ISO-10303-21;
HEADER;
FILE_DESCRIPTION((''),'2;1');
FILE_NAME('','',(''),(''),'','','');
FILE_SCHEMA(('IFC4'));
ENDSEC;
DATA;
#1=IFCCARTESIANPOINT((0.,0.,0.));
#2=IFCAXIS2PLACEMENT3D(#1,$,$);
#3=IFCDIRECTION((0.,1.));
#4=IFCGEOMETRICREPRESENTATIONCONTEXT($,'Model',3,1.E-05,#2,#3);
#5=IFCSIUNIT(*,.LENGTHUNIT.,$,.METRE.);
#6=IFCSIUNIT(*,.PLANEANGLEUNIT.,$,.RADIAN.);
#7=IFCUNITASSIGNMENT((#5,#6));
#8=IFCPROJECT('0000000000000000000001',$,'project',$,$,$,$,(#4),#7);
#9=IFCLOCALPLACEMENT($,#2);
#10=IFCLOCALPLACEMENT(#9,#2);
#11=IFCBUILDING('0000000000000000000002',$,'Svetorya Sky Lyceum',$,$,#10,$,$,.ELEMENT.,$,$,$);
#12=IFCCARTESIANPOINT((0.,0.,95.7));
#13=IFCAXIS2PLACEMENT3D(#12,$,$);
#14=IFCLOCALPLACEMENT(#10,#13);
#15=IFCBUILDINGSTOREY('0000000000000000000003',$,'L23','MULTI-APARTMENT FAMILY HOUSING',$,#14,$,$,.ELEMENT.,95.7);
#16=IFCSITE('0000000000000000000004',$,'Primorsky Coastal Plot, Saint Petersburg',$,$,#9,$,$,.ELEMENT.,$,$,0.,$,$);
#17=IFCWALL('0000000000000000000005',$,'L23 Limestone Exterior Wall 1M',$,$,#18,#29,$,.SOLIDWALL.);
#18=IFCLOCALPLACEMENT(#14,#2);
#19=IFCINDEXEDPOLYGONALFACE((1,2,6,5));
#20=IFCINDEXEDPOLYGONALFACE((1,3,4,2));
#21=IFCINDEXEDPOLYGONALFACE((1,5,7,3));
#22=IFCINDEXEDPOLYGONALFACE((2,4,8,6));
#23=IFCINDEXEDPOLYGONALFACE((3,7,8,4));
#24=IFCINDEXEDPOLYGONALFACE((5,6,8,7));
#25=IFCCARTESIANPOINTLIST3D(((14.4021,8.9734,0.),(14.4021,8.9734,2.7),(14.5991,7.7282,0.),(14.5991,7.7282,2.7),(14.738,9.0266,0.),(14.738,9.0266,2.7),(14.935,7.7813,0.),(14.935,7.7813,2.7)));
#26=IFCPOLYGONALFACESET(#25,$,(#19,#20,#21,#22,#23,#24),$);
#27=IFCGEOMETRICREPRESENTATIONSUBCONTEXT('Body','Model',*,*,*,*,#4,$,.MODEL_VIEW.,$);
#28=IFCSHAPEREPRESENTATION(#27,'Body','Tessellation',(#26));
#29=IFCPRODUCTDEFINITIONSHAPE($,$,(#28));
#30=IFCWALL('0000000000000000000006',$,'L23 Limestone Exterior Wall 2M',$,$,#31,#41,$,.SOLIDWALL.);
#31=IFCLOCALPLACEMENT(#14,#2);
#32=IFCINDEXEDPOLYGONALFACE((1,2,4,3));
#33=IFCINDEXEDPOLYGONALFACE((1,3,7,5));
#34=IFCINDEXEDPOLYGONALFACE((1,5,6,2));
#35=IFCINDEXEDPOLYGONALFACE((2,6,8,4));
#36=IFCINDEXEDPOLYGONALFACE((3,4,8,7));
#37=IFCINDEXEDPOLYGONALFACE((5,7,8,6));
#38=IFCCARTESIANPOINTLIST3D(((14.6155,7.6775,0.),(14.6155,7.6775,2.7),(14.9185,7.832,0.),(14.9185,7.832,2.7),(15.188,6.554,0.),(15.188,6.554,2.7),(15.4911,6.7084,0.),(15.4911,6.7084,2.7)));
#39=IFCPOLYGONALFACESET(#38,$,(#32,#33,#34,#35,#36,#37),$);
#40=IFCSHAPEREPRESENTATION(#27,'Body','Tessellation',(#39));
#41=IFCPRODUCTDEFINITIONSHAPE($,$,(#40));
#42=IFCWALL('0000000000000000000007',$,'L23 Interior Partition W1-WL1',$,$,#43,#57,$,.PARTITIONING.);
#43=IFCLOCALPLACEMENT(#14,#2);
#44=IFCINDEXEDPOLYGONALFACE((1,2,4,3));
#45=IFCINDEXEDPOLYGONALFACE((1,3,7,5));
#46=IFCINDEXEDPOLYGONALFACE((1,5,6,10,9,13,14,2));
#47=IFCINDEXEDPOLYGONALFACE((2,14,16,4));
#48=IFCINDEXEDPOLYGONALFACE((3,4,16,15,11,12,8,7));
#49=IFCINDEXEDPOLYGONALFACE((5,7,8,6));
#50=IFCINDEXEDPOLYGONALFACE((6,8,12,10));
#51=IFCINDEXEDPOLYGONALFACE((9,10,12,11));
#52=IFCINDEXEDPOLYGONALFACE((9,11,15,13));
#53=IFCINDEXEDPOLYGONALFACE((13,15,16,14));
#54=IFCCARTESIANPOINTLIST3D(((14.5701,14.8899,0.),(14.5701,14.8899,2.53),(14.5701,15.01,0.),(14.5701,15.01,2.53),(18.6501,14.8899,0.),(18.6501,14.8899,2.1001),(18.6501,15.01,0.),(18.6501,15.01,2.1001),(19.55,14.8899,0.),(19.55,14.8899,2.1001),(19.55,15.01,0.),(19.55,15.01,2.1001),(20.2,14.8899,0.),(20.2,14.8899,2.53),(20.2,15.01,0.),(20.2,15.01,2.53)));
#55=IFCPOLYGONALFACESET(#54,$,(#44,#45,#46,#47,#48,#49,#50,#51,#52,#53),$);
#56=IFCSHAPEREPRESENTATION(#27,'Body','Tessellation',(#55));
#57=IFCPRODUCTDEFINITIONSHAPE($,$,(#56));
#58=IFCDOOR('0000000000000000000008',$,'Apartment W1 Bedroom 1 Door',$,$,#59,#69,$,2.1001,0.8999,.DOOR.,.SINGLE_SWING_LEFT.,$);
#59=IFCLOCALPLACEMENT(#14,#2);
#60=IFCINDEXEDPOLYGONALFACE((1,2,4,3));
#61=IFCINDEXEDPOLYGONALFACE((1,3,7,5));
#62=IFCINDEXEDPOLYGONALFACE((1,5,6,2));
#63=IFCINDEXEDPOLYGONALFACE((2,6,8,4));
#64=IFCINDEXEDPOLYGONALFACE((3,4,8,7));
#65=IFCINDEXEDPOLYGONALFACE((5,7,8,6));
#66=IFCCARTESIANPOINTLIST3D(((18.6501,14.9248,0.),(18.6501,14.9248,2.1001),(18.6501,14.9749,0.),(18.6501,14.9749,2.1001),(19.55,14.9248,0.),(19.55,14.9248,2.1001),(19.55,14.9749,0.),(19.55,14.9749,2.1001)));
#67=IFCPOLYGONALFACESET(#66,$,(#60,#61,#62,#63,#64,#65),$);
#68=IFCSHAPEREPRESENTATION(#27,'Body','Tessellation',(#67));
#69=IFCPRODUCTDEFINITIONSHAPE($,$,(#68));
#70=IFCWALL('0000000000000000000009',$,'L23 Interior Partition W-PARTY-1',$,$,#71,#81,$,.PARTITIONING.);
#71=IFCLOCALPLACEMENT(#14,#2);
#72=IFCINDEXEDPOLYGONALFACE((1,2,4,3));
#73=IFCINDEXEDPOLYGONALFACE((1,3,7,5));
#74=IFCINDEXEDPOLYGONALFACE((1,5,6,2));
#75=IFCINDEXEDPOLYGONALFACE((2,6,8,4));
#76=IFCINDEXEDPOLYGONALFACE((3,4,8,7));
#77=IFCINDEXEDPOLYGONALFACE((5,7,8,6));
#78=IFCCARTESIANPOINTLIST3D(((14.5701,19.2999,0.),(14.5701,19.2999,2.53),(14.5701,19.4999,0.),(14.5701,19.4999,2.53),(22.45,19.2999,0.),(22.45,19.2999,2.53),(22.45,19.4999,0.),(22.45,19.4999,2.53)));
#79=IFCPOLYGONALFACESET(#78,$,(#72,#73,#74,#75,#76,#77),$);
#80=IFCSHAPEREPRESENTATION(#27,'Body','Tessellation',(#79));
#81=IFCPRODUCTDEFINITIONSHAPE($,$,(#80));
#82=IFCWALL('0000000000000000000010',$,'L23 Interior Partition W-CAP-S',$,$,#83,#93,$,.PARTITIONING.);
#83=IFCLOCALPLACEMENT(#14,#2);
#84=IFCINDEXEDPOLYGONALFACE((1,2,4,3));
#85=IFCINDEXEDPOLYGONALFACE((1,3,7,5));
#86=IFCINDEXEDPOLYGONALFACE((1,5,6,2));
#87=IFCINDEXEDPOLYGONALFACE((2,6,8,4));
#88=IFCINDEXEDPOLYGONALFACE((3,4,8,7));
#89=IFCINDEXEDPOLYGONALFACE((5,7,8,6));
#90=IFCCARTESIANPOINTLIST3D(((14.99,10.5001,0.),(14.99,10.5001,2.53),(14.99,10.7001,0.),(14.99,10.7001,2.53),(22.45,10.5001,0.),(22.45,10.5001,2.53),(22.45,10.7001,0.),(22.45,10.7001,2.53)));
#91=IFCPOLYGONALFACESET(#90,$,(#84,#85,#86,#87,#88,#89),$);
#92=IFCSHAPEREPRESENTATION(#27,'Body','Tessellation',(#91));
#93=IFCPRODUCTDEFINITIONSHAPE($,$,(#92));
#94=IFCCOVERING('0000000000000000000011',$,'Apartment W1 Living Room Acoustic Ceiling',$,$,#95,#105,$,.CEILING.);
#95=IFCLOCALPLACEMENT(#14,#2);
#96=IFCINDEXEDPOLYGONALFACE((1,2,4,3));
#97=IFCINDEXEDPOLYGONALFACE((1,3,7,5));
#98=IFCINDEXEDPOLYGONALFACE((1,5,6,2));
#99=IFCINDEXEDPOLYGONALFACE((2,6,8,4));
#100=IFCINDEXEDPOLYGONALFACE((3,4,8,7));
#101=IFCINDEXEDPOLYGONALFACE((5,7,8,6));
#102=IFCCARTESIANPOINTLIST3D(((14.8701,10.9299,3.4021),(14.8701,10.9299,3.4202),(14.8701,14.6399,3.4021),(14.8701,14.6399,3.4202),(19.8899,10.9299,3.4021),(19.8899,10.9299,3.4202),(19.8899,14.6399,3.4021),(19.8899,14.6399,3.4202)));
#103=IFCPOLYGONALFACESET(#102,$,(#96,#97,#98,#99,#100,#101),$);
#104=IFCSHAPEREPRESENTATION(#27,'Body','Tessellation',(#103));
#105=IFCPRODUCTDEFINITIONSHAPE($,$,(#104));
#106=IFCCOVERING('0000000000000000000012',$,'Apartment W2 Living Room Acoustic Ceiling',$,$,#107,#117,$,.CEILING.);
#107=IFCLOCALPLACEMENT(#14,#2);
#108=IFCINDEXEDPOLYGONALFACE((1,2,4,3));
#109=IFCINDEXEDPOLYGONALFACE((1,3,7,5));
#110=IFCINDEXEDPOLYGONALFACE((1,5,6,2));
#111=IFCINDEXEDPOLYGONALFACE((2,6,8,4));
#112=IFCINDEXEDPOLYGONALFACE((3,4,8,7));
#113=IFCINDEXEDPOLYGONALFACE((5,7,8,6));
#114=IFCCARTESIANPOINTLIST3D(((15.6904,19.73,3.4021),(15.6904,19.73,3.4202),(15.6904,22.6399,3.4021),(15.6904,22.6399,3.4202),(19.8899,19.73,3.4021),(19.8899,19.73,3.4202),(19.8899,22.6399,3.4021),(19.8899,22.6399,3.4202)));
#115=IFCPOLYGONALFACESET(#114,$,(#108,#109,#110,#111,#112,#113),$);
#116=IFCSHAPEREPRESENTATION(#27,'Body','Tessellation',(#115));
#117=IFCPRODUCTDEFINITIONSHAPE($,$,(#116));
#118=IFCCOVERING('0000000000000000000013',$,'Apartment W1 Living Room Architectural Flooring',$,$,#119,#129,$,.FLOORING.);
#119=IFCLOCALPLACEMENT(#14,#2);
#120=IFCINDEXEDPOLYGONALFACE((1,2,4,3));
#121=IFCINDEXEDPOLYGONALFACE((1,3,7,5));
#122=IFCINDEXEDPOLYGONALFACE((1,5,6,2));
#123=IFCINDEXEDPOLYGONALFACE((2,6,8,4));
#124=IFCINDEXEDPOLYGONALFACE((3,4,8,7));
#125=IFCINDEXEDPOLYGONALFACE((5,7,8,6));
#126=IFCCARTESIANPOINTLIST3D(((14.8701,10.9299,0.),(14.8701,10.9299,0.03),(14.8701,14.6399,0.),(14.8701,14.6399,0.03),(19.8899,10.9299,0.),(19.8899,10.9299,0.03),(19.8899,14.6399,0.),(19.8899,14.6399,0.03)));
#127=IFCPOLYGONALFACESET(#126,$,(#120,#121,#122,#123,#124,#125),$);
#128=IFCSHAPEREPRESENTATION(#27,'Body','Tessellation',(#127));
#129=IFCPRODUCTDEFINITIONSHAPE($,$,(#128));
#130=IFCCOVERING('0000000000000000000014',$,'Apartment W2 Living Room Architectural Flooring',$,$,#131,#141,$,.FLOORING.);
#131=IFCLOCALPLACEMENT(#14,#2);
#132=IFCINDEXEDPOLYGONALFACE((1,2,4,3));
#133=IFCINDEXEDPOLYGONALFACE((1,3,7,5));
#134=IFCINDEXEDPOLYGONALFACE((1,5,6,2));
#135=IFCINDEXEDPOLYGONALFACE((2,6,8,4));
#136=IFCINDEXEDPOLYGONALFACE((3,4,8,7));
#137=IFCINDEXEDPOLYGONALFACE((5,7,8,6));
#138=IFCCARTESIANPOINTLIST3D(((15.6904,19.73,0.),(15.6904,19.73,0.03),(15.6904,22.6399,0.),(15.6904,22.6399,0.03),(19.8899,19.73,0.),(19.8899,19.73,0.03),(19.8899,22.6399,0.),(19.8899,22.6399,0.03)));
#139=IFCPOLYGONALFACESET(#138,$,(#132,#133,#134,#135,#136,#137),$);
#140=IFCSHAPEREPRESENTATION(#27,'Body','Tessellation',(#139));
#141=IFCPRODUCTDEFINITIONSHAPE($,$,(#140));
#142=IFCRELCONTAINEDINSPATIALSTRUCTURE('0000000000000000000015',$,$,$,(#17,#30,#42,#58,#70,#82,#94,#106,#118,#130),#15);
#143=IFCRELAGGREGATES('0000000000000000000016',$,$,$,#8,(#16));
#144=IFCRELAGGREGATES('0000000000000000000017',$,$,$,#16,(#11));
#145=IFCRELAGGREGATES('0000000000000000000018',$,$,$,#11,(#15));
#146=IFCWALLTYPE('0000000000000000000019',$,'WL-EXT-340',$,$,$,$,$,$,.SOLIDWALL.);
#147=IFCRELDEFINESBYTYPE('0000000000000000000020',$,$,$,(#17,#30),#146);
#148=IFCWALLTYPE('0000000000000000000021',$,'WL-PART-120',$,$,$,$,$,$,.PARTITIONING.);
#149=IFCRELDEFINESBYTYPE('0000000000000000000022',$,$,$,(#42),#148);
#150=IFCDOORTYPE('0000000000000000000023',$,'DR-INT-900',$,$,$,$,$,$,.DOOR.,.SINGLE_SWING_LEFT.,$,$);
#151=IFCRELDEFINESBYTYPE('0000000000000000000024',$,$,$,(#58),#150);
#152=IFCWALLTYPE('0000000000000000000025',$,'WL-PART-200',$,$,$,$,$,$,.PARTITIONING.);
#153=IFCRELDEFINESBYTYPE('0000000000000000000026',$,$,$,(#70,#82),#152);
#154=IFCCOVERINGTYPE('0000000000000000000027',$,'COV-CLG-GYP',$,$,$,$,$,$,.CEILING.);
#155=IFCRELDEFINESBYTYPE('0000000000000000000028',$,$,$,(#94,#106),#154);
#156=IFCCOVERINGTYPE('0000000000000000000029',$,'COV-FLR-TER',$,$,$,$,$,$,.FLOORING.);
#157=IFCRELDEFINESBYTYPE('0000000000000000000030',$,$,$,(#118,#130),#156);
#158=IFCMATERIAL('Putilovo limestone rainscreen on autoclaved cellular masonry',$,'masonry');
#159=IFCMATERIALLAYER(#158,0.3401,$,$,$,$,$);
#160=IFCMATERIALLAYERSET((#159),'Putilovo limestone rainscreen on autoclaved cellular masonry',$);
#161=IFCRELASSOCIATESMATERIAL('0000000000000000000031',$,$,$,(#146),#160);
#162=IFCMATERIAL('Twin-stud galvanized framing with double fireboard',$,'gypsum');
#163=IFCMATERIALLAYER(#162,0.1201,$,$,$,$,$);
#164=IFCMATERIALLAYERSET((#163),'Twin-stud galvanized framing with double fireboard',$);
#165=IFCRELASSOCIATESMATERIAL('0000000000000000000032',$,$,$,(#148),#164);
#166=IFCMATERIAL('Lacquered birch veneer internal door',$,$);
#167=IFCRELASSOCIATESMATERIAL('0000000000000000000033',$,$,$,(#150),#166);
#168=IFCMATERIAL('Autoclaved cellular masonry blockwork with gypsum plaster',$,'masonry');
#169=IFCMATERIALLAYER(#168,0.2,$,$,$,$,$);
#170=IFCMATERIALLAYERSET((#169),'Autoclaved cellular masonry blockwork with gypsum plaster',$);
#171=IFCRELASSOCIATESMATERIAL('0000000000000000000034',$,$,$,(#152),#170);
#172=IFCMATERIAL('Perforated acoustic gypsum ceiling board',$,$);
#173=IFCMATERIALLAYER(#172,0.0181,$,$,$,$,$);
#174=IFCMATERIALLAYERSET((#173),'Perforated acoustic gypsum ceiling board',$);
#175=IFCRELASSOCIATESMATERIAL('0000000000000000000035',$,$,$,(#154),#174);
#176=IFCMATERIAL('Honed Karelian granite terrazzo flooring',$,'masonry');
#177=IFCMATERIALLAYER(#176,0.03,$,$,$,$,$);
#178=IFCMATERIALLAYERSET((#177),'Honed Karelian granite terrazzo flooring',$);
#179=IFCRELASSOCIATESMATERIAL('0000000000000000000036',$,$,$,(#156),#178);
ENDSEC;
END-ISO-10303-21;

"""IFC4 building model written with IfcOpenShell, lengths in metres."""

from ifc_helpers import new_model, si_unit, direction, frame, frame_2d, origin, place, context, subcontext, project, spatial, polyline, rectangle, outline, extrude, material, layer, layer_set, type_object, element, fill, save


model = new_model("IFC4")

# Units and contexts
model_context = context("Model", 3, precision=1e-05, world=origin(), true_north=direction((0.0, 1.0)))
body_context = subcontext(model_context, "Body", "Model", "MODEL_VIEW")
ifc_project = project(units=[si_unit("LENGTHUNIT", "METRE"), si_unit("PLANEANGLEUNIT", "RADIAN")], contexts=[model_context])

# Site, building, storey
site_placement = place(None, origin())
site = spatial("IfcSite", under=ifc_project, at=site_placement, Name="Primorsky Coastal Plot, Saint Petersburg", CompositionType="ELEMENT", RefElevation=0.0)
building_placement = place(site_placement, origin())
building = spatial("IfcBuilding", under=site, at=building_placement, Name="Svetorya Sky Lyceum", CompositionType="ELEMENT")
storey_placement = place(building_placement, frame((0.0, 0.0, 95.7)))
storey = spatial("IfcBuildingStorey", under=building, at=storey_placement, Name="L23", Description="MULTI-APARTMENT FAMILY HOUSING", CompositionType="ELEMENT", Elevation=95.7)

# Walls
ifc_material_1 = material(Name="Putilovo limestone rainscreen on autoclaved cellular masonry", Category="masonry")
ifc_layer_1 = layer(ifc_material_1, 0.3401)
ifc_layer_set_1 = layer_set([ifc_layer_1], Name="Putilovo limestone rainscreen on autoclaved cellular masonry")
wall_type_1 = type_object("IfcWallType", Name="WL-EXT-340", PredefinedType="SOLIDWALL", material=ifc_layer_set_1)
wall_1_placement = place(storey_placement, frame((14.5701, 9.0, 0.0), z_axis=(0.0, 0.0, 1.0), x_axis=(0.156261, -0.987716, 0.0)))
element("IfcWall", 1, at=wall_1_placement, inside=storey, type_object=wall_type_1, Name="L23 Limestone Exterior Wall 1M", PredefinedType="SOLIDWALL", context=body_context, shape_type="SweptSolid", body=[
    extrude(rectangle(XDim=1.2607, YDim=0.3401, at=frame_2d((0.6304, 0.0))), origin(), (0.0, 0.0, 1.0), 2.7),
])
wall_2_placement = place(storey_placement, frame((14.7671, 7.7546, 0.0), z_axis=(0.0, 0.0, 1.0), x_axis=(0.454016, -0.890994, 0.0)))
element("IfcWall", 2, at=wall_2_placement, inside=storey, type_object=wall_type_1, Name="L23 Limestone Exterior Wall 2M", PredefinedType="SOLIDWALL", context=body_context, shape_type="SweptSolid", body=[
    extrude(rectangle(XDim=1.261, YDim=0.3401, at=frame_2d((0.6304, 0.0))), origin(), (0.0, 0.0, 1.0), 2.7),
])

# Wall, opening, door
ifc_material_2 = material(Name="Twin-stud galvanized framing with double fireboard", Category="gypsum")
ifc_layer_2 = layer(ifc_material_2, 0.1201)
ifc_layer_set_2 = layer_set([ifc_layer_2], Name="Twin-stud galvanized framing with double fireboard")
wall_type_2 = type_object("IfcWallType", Name="WL-PART-120", PredefinedType="PARTITIONING", material=ifc_layer_set_2)
wall_3_placement = place(storey_placement, frame((14.5701, 14.95, 0.0), z_axis=(0.0, 0.0, 1.0), x_axis=(1.0, 0.0, 0.0)))
wall_3 = element("IfcWall", 3, at=wall_3_placement, inside=storey, type_object=wall_type_2, Name="L23 Interior Partition W1-WL1", PredefinedType="PARTITIONING", context=body_context, shape_type="SweptSolid", body=[
    extrude(rectangle(XDim=5.6299, YDim=0.1201, at=frame_2d((2.8149, 0.0))), origin(), (0.0, 0.0, 1.0), 2.53),
])
opening_placement = place(wall_3_placement, frame((4.0801, 0.0, 0.0)))
opening = element("IfcOpeningElement", 4, at=opening_placement, cuts=wall_3, PredefinedType="OPENING", context=body_context, shape_type="SweptSolid", body=[
    extrude(rectangle(XDim=0.8999, YDim=2.1001, at=frame_2d((0.45, 1.05))), frame((0.0, 0.0701, 0.0), z_axis=(0.0, -1.0, 0.0), x_axis=(1.0, 0.0, 0.0)), (0.0, 0.0, 1.0), 0.1401),
])
ifc_material_3 = material(Name="Lacquered birch veneer internal door")
door_type = type_object("IfcDoorType", Name="DR-INT-900", OperationType="SINGLE_SWING_LEFT", PredefinedType="DOOR", material=ifc_material_3)
door_placement = place(opening_placement, origin())
door = element("IfcDoor", 5, at=door_placement, inside=storey, type_object=door_type, Name="Apartment W1 Bedroom 1 Door", OperationType="SINGLE_SWING_LEFT", OverallHeight=2.1001, OverallWidth=0.8999, PredefinedType="DOOR", context=body_context, shape_type="SweptSolid", body=[
    extrude(rectangle(XDim=0.8999, YDim=2.1001, at=frame_2d((0.45, 1.05))), frame((0.0, 0.0249, 0.0), z_axis=(0.0, -1.0, 0.0), x_axis=(1.0, 0.0, 0.0)), (0.0, 0.0, 1.0), 0.05),
])
fill(opening, door)

# Walls
ifc_material_4 = material(Name="Autoclaved cellular masonry blockwork with gypsum plaster", Category="masonry")
ifc_layer_3 = layer(ifc_material_4, 0.2)
ifc_layer_set_3 = layer_set([ifc_layer_3], Name="Autoclaved cellular masonry blockwork with gypsum plaster")
wall_type_3 = type_object("IfcWallType", Name="WL-PART-200", PredefinedType="PARTITIONING", material=ifc_layer_set_3)
wall_4_placement = place(storey_placement, frame((14.5701, 19.3999, 0.0), z_axis=(0.0, 0.0, 1.0), x_axis=(1.0, 0.0, 0.0)))
element("IfcWall", 6, at=wall_4_placement, inside=storey, type_object=wall_type_3, Name="L23 Interior Partition W-PARTY-1", PredefinedType="PARTITIONING", context=body_context, shape_type="SweptSolid", body=[
    extrude(rectangle(XDim=7.8799, YDim=0.2, at=frame_2d((3.9399, 0.0))), origin(), (0.0, 0.0, 1.0), 2.53),
])
wall_5_placement = place(storey_placement, frame((14.99, 10.6001, 0.0), z_axis=(0.0, 0.0, 1.0), x_axis=(1.0, 0.0, 0.0)))
element("IfcWall", 7, at=wall_5_placement, inside=storey, type_object=wall_type_3, Name="L23 Interior Partition W-CAP-S", PredefinedType="PARTITIONING", context=body_context, shape_type="SweptSolid", body=[
    extrude(rectangle(XDim=7.46, YDim=0.2, at=frame_2d((3.73, 0.0))), origin(), (0.0, 0.0, 1.0), 2.53),
])

# Coverings
ifc_material_5 = material(Name="Perforated acoustic gypsum ceiling board")
ifc_layer_4 = layer(ifc_material_5, 0.0181)
ifc_layer_set_4 = layer_set([ifc_layer_4], Name="Perforated acoustic gypsum ceiling board")
covering_type_1 = type_object("IfcCoveringType", Name="COV-CLG-GYP", PredefinedType="CEILING", material=ifc_layer_set_4)
covering_1_placement = place(storey_placement, frame((0.0, 0.0, 3.4021)))
element("IfcCovering", 8, at=covering_1_placement, inside=storey, type_object=covering_type_1, Name="Apartment W1 Living Room Acoustic Ceiling", PredefinedType="CEILING", context=body_context, shape_type="SweptSolid", body=[
    extrude(outline(polyline([(14.8701, 10.9299), (19.8899, 10.9299), (19.8899, 14.6399), (14.8701, 14.6399), (14.8701, 10.9299)])), origin(), (0.0, 0.0, 1.0), 0.0181),
])
covering_2_placement = place(storey_placement, frame((0.0, 0.0, 3.4021)))
element("IfcCovering", 9, at=covering_2_placement, inside=storey, type_object=covering_type_1, Name="Apartment W2 Living Room Acoustic Ceiling", PredefinedType="CEILING", context=body_context, shape_type="SweptSolid", body=[
    extrude(outline(polyline([(15.6904, 19.73), (19.8899, 19.73), (19.8899, 22.6399), (15.6904, 22.6399), (15.6904, 19.73)])), origin(), (0.0, 0.0, 1.0), 0.0181),
])
ifc_material_6 = material(Name="Honed Karelian granite terrazzo flooring", Category="masonry")
ifc_layer_5 = layer(ifc_material_6, 0.03)
ifc_layer_set_5 = layer_set([ifc_layer_5], Name="Honed Karelian granite terrazzo flooring")
covering_type_2 = type_object("IfcCoveringType", Name="COV-FLR-TER", PredefinedType="FLOORING", material=ifc_layer_set_5)
covering_3_placement = place(storey_placement, origin())
element("IfcCovering", 10, at=covering_3_placement, inside=storey, type_object=covering_type_2, Name="Apartment W1 Living Room Architectural Flooring", PredefinedType="FLOORING", context=body_context, shape_type="SweptSolid", body=[
    extrude(outline(polyline([(14.8701, 10.9299), (19.8899, 10.9299), (19.8899, 14.6399), (14.8701, 14.6399), (14.8701, 10.9299)])), origin(), (0.0, 0.0, 1.0), 0.03),
])
covering_4_placement = place(storey_placement, origin())
element("IfcCovering", 11, at=covering_4_placement, inside=storey, type_object=covering_type_2, Name="Apartment W2 Living Room Architectural Flooring", PredefinedType="FLOORING", context=body_context, shape_type="SweptSolid", body=[
    extrude(outline(polyline([(15.6904, 19.73), (19.8899, 19.73), (19.8899, 22.6399), (15.6904, 22.6399), (15.6904, 19.73)])), origin(), (0.0, 0.0, 1.0), 0.03),
])

save(model, "model.ifc")
